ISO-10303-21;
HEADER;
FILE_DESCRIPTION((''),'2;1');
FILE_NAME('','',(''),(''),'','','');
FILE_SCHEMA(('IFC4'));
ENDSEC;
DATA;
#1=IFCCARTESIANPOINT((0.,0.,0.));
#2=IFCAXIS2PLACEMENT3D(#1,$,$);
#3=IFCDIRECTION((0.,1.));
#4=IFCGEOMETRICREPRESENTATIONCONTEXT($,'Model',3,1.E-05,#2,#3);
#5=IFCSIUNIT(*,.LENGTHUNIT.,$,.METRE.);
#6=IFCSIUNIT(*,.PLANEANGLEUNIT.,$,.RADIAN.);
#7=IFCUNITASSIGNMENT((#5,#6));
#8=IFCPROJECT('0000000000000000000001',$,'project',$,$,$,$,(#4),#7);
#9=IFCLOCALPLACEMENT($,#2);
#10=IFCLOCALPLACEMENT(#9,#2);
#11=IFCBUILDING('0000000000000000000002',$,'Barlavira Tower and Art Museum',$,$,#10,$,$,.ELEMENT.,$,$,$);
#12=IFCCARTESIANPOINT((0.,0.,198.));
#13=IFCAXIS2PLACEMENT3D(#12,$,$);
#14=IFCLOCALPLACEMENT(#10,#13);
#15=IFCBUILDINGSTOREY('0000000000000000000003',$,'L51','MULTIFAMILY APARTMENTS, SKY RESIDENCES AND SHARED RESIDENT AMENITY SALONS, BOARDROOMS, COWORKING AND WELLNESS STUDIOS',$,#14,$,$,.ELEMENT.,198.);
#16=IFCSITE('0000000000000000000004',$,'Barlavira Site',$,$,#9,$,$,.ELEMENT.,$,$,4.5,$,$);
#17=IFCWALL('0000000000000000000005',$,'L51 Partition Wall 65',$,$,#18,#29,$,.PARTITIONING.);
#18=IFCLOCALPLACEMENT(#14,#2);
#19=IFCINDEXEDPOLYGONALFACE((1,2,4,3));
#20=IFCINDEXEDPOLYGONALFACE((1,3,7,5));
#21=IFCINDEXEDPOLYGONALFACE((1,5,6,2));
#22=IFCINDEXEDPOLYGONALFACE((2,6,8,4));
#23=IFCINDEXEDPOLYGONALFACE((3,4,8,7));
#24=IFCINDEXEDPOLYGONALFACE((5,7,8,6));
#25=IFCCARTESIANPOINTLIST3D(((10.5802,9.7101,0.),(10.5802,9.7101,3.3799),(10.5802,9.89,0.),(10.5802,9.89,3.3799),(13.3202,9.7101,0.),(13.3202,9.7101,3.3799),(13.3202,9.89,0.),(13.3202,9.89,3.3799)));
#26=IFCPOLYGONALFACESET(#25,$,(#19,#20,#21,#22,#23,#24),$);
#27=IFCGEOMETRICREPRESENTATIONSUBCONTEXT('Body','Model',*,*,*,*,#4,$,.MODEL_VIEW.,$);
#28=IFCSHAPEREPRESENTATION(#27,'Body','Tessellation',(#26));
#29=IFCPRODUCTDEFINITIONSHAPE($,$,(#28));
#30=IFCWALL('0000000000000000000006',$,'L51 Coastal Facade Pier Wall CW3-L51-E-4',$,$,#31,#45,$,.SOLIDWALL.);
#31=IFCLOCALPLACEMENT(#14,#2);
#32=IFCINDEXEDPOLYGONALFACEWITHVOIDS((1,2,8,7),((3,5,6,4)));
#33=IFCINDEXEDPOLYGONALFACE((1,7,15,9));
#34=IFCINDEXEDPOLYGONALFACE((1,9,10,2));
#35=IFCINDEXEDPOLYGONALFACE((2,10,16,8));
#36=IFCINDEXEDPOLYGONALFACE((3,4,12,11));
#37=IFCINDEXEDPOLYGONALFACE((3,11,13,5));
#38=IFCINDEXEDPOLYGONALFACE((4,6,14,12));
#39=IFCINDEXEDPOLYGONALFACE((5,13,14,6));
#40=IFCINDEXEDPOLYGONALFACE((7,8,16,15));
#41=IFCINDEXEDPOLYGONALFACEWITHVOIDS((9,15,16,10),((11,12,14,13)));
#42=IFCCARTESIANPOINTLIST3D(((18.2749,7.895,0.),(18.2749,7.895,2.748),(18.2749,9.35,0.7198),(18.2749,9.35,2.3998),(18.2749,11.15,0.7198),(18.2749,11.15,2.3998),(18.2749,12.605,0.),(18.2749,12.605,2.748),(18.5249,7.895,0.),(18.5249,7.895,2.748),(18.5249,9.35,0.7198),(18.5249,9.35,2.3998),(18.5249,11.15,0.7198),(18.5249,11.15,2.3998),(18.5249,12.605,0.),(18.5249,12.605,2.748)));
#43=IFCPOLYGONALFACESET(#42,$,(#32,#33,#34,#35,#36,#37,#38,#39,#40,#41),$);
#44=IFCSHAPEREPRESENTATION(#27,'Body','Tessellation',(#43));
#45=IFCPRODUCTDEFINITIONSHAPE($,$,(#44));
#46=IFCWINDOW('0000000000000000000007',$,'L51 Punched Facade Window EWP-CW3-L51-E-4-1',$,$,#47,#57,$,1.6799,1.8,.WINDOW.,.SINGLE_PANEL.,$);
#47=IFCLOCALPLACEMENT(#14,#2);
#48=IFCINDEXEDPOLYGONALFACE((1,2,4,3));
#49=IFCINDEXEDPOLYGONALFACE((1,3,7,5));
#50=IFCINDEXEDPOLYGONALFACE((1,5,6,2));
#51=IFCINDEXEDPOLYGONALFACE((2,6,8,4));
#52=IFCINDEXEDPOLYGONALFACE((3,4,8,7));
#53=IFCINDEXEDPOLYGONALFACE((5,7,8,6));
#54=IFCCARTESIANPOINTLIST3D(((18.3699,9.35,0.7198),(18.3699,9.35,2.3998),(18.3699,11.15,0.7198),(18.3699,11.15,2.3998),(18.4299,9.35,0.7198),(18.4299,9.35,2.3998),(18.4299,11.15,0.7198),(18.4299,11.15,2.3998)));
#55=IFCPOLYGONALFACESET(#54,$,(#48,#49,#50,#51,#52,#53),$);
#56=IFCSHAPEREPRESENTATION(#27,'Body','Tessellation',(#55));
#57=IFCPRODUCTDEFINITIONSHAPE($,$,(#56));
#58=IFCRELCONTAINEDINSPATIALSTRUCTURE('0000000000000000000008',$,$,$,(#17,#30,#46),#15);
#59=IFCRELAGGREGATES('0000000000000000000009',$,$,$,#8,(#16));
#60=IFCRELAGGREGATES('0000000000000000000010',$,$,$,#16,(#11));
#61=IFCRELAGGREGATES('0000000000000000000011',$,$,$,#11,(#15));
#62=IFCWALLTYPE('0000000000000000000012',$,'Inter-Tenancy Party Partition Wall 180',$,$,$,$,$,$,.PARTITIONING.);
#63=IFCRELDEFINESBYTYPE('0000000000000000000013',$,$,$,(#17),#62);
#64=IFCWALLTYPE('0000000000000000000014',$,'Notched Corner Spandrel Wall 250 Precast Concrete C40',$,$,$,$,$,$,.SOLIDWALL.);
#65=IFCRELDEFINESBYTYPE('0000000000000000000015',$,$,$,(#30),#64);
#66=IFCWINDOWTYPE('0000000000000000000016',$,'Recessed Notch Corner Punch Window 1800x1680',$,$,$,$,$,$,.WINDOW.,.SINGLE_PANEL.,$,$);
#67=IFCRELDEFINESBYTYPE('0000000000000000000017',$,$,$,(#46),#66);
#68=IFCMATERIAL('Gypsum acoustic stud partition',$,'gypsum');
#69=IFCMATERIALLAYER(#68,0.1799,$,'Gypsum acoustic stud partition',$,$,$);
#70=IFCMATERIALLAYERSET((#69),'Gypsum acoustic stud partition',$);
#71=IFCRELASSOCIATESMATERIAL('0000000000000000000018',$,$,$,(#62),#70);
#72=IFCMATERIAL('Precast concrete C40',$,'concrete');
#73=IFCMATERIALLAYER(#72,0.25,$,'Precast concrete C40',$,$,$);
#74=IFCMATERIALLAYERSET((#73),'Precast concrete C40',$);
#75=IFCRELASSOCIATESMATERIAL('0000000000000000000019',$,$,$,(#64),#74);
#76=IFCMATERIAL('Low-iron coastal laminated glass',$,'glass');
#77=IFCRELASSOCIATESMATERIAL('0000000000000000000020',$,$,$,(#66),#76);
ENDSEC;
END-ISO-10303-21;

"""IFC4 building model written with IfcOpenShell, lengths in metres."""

from ifc_helpers import new_model, si_unit, direction, frame, frame_2d, origin, place, context, subcontext, project, spatial, rectangle, extrude, material, layer, layer_set, type_object, element, fill, save


model = new_model("IFC4")

# Units and contexts
model_context = context("Model", 3, precision=1e-05, world=origin(), true_north=direction((0.0, 1.0)))
body_context = subcontext(model_context, "Body", "Model", "MODEL_VIEW")
ifc_project = project(units=[si_unit("LENGTHUNIT", "METRE"), si_unit("PLANEANGLEUNIT", "RADIAN")], contexts=[model_context])

# Site, building, storey
site_placement = place(None, origin())
site = spatial("IfcSite", under=ifc_project, at=site_placement, Name="Barlavira Site", CompositionType="ELEMENT", RefElevation=4.5)
building_placement = place(site_placement, origin())
building = spatial("IfcBuilding", under=site, at=building_placement, Name="Barlavira Tower and Art Museum", CompositionType="ELEMENT")
storey_placement = place(building_placement, frame((0.0, 0.0, 198.0)))
storey = spatial("IfcBuildingStorey", under=building, at=storey_placement, Name="L51", Description="MULTIFAMILY APARTMENTS, SKY RESIDENCES AND SHARED RESIDENT AMENITY SALONS, BOARDROOMS, COWORKING AND WELLNESS STUDIOS", CompositionType="ELEMENT", Elevation=198.0)

# Shared definitions
ifc_material_1 = material(Name="Low-iron coastal laminated glass", Category="glass")

# Shared definitions
ifc_material_2 = material(Name="Gypsum acoustic stud partition", Category="gypsum")

# Wall
ifc_layer_1 = layer(ifc_material_2, 0.1799, Name="Gypsum acoustic stud partition")
ifc_layer_set_1 = layer_set([ifc_layer_1], Name="Gypsum acoustic stud partition")
wall_type_1 = type_object("IfcWallType", Name="Inter-Tenancy Party Partition Wall 180", PredefinedType="PARTITIONING", material=ifc_layer_set_1)
wall_1_placement = place(storey_placement, frame((10.5801, 9.8, 0.0), z_axis=(0.0, 0.0, 1.0), x_axis=(1.0, 0.0, 0.0)))
element("IfcWall", 1, at=wall_1_placement, inside=storey, type_object=wall_type_1, Name="L51 Partition Wall 65", PredefinedType="PARTITIONING", context=body_context, shape_type="SweptSolid", body=[
    extrude(rectangle(XDim=2.74, YDim=0.1799, at=frame_2d((1.3701, 0.0))), origin(), (0.0, 0.0, 1.0), 3.3799),
])

# Wall, opening, window
ifc_material_3 = material(Name="Precast concrete C40", Category="concrete")
ifc_layer_2 = layer(ifc_material_3, 0.25, Name="Precast concrete C40")
ifc_layer_set_2 = layer_set([ifc_layer_2], Name="Precast concrete C40")
wall_type_2 = type_object("IfcWallType", Name="Notched Corner Spandrel Wall 250 Precast Concrete C40", PredefinedType="SOLIDWALL", material=ifc_layer_set_2)
wall_2_placement = place(storey_placement, frame((18.3999, 7.895, 0.0), z_axis=(0.0, 0.0, 1.0), x_axis=(0.0, 1.0, 0.0)))
wall_2 = element("IfcWall", 2, at=wall_2_placement, inside=storey, type_object=wall_type_2, Name="L51 Coastal Facade Pier Wall CW3-L51-E-4", PredefinedType="SOLIDWALL", context=body_context, shape_type="SweptSolid", body=[
    extrude(rectangle(XDim=4.71, YDim=0.25, at=frame_2d((2.355, 0.0))), origin(), (0.0, 0.0, 1.0), 2.748),
])
opening_1_placement = place(wall_2_placement, frame((1.4551, 0.0, 0.72)))
opening_1 = element("IfcOpeningElement", 3, at=opening_1_placement, cuts=wall_2, PredefinedType="OPENING", context=body_context, shape_type="SweptSolid", body=[
    extrude(rectangle(XDim=1.8, YDim=1.6799, at=frame_2d((0.8999, 0.8398))), frame((0.0, 0.135, 0.0), z_axis=(0.0, -1.0, 0.0), x_axis=(1.0, 0.0, 0.0)), (0.0, 0.0, 1.0), 0.27),
])
window_type = type_object("IfcWindowType", Name="Recessed Notch Corner Punch Window 1800x1680", PartitioningType="SINGLE_PANEL", PredefinedType="WINDOW", material=ifc_material_1)
window_placement = place(opening_1_placement, origin())
window = element("IfcWindow", 4, at=window_placement, inside=storey, type_object=window_type, Name="L51 Punched Facade Window EWP-CW3-L51-E-4-1", OverallHeight=1.6799, OverallWidth=1.8, PartitioningType="SINGLE_PANEL", PredefinedType="WINDOW", context=body_context, shape_type="SweptSolid", body=[
    extrude(rectangle(XDim=1.8, YDim=1.6799, at=frame_2d((0.8999, 0.8398))), frame((0.0, 0.03, 0.0), z_axis=(0.0, -1.0, 0.0), x_axis=(1.0, 0.0, 0.0)), (0.0, 0.0, 1.0), 0.0601),
])
fill(opening_1, window)

save(model, "model.ifc")
